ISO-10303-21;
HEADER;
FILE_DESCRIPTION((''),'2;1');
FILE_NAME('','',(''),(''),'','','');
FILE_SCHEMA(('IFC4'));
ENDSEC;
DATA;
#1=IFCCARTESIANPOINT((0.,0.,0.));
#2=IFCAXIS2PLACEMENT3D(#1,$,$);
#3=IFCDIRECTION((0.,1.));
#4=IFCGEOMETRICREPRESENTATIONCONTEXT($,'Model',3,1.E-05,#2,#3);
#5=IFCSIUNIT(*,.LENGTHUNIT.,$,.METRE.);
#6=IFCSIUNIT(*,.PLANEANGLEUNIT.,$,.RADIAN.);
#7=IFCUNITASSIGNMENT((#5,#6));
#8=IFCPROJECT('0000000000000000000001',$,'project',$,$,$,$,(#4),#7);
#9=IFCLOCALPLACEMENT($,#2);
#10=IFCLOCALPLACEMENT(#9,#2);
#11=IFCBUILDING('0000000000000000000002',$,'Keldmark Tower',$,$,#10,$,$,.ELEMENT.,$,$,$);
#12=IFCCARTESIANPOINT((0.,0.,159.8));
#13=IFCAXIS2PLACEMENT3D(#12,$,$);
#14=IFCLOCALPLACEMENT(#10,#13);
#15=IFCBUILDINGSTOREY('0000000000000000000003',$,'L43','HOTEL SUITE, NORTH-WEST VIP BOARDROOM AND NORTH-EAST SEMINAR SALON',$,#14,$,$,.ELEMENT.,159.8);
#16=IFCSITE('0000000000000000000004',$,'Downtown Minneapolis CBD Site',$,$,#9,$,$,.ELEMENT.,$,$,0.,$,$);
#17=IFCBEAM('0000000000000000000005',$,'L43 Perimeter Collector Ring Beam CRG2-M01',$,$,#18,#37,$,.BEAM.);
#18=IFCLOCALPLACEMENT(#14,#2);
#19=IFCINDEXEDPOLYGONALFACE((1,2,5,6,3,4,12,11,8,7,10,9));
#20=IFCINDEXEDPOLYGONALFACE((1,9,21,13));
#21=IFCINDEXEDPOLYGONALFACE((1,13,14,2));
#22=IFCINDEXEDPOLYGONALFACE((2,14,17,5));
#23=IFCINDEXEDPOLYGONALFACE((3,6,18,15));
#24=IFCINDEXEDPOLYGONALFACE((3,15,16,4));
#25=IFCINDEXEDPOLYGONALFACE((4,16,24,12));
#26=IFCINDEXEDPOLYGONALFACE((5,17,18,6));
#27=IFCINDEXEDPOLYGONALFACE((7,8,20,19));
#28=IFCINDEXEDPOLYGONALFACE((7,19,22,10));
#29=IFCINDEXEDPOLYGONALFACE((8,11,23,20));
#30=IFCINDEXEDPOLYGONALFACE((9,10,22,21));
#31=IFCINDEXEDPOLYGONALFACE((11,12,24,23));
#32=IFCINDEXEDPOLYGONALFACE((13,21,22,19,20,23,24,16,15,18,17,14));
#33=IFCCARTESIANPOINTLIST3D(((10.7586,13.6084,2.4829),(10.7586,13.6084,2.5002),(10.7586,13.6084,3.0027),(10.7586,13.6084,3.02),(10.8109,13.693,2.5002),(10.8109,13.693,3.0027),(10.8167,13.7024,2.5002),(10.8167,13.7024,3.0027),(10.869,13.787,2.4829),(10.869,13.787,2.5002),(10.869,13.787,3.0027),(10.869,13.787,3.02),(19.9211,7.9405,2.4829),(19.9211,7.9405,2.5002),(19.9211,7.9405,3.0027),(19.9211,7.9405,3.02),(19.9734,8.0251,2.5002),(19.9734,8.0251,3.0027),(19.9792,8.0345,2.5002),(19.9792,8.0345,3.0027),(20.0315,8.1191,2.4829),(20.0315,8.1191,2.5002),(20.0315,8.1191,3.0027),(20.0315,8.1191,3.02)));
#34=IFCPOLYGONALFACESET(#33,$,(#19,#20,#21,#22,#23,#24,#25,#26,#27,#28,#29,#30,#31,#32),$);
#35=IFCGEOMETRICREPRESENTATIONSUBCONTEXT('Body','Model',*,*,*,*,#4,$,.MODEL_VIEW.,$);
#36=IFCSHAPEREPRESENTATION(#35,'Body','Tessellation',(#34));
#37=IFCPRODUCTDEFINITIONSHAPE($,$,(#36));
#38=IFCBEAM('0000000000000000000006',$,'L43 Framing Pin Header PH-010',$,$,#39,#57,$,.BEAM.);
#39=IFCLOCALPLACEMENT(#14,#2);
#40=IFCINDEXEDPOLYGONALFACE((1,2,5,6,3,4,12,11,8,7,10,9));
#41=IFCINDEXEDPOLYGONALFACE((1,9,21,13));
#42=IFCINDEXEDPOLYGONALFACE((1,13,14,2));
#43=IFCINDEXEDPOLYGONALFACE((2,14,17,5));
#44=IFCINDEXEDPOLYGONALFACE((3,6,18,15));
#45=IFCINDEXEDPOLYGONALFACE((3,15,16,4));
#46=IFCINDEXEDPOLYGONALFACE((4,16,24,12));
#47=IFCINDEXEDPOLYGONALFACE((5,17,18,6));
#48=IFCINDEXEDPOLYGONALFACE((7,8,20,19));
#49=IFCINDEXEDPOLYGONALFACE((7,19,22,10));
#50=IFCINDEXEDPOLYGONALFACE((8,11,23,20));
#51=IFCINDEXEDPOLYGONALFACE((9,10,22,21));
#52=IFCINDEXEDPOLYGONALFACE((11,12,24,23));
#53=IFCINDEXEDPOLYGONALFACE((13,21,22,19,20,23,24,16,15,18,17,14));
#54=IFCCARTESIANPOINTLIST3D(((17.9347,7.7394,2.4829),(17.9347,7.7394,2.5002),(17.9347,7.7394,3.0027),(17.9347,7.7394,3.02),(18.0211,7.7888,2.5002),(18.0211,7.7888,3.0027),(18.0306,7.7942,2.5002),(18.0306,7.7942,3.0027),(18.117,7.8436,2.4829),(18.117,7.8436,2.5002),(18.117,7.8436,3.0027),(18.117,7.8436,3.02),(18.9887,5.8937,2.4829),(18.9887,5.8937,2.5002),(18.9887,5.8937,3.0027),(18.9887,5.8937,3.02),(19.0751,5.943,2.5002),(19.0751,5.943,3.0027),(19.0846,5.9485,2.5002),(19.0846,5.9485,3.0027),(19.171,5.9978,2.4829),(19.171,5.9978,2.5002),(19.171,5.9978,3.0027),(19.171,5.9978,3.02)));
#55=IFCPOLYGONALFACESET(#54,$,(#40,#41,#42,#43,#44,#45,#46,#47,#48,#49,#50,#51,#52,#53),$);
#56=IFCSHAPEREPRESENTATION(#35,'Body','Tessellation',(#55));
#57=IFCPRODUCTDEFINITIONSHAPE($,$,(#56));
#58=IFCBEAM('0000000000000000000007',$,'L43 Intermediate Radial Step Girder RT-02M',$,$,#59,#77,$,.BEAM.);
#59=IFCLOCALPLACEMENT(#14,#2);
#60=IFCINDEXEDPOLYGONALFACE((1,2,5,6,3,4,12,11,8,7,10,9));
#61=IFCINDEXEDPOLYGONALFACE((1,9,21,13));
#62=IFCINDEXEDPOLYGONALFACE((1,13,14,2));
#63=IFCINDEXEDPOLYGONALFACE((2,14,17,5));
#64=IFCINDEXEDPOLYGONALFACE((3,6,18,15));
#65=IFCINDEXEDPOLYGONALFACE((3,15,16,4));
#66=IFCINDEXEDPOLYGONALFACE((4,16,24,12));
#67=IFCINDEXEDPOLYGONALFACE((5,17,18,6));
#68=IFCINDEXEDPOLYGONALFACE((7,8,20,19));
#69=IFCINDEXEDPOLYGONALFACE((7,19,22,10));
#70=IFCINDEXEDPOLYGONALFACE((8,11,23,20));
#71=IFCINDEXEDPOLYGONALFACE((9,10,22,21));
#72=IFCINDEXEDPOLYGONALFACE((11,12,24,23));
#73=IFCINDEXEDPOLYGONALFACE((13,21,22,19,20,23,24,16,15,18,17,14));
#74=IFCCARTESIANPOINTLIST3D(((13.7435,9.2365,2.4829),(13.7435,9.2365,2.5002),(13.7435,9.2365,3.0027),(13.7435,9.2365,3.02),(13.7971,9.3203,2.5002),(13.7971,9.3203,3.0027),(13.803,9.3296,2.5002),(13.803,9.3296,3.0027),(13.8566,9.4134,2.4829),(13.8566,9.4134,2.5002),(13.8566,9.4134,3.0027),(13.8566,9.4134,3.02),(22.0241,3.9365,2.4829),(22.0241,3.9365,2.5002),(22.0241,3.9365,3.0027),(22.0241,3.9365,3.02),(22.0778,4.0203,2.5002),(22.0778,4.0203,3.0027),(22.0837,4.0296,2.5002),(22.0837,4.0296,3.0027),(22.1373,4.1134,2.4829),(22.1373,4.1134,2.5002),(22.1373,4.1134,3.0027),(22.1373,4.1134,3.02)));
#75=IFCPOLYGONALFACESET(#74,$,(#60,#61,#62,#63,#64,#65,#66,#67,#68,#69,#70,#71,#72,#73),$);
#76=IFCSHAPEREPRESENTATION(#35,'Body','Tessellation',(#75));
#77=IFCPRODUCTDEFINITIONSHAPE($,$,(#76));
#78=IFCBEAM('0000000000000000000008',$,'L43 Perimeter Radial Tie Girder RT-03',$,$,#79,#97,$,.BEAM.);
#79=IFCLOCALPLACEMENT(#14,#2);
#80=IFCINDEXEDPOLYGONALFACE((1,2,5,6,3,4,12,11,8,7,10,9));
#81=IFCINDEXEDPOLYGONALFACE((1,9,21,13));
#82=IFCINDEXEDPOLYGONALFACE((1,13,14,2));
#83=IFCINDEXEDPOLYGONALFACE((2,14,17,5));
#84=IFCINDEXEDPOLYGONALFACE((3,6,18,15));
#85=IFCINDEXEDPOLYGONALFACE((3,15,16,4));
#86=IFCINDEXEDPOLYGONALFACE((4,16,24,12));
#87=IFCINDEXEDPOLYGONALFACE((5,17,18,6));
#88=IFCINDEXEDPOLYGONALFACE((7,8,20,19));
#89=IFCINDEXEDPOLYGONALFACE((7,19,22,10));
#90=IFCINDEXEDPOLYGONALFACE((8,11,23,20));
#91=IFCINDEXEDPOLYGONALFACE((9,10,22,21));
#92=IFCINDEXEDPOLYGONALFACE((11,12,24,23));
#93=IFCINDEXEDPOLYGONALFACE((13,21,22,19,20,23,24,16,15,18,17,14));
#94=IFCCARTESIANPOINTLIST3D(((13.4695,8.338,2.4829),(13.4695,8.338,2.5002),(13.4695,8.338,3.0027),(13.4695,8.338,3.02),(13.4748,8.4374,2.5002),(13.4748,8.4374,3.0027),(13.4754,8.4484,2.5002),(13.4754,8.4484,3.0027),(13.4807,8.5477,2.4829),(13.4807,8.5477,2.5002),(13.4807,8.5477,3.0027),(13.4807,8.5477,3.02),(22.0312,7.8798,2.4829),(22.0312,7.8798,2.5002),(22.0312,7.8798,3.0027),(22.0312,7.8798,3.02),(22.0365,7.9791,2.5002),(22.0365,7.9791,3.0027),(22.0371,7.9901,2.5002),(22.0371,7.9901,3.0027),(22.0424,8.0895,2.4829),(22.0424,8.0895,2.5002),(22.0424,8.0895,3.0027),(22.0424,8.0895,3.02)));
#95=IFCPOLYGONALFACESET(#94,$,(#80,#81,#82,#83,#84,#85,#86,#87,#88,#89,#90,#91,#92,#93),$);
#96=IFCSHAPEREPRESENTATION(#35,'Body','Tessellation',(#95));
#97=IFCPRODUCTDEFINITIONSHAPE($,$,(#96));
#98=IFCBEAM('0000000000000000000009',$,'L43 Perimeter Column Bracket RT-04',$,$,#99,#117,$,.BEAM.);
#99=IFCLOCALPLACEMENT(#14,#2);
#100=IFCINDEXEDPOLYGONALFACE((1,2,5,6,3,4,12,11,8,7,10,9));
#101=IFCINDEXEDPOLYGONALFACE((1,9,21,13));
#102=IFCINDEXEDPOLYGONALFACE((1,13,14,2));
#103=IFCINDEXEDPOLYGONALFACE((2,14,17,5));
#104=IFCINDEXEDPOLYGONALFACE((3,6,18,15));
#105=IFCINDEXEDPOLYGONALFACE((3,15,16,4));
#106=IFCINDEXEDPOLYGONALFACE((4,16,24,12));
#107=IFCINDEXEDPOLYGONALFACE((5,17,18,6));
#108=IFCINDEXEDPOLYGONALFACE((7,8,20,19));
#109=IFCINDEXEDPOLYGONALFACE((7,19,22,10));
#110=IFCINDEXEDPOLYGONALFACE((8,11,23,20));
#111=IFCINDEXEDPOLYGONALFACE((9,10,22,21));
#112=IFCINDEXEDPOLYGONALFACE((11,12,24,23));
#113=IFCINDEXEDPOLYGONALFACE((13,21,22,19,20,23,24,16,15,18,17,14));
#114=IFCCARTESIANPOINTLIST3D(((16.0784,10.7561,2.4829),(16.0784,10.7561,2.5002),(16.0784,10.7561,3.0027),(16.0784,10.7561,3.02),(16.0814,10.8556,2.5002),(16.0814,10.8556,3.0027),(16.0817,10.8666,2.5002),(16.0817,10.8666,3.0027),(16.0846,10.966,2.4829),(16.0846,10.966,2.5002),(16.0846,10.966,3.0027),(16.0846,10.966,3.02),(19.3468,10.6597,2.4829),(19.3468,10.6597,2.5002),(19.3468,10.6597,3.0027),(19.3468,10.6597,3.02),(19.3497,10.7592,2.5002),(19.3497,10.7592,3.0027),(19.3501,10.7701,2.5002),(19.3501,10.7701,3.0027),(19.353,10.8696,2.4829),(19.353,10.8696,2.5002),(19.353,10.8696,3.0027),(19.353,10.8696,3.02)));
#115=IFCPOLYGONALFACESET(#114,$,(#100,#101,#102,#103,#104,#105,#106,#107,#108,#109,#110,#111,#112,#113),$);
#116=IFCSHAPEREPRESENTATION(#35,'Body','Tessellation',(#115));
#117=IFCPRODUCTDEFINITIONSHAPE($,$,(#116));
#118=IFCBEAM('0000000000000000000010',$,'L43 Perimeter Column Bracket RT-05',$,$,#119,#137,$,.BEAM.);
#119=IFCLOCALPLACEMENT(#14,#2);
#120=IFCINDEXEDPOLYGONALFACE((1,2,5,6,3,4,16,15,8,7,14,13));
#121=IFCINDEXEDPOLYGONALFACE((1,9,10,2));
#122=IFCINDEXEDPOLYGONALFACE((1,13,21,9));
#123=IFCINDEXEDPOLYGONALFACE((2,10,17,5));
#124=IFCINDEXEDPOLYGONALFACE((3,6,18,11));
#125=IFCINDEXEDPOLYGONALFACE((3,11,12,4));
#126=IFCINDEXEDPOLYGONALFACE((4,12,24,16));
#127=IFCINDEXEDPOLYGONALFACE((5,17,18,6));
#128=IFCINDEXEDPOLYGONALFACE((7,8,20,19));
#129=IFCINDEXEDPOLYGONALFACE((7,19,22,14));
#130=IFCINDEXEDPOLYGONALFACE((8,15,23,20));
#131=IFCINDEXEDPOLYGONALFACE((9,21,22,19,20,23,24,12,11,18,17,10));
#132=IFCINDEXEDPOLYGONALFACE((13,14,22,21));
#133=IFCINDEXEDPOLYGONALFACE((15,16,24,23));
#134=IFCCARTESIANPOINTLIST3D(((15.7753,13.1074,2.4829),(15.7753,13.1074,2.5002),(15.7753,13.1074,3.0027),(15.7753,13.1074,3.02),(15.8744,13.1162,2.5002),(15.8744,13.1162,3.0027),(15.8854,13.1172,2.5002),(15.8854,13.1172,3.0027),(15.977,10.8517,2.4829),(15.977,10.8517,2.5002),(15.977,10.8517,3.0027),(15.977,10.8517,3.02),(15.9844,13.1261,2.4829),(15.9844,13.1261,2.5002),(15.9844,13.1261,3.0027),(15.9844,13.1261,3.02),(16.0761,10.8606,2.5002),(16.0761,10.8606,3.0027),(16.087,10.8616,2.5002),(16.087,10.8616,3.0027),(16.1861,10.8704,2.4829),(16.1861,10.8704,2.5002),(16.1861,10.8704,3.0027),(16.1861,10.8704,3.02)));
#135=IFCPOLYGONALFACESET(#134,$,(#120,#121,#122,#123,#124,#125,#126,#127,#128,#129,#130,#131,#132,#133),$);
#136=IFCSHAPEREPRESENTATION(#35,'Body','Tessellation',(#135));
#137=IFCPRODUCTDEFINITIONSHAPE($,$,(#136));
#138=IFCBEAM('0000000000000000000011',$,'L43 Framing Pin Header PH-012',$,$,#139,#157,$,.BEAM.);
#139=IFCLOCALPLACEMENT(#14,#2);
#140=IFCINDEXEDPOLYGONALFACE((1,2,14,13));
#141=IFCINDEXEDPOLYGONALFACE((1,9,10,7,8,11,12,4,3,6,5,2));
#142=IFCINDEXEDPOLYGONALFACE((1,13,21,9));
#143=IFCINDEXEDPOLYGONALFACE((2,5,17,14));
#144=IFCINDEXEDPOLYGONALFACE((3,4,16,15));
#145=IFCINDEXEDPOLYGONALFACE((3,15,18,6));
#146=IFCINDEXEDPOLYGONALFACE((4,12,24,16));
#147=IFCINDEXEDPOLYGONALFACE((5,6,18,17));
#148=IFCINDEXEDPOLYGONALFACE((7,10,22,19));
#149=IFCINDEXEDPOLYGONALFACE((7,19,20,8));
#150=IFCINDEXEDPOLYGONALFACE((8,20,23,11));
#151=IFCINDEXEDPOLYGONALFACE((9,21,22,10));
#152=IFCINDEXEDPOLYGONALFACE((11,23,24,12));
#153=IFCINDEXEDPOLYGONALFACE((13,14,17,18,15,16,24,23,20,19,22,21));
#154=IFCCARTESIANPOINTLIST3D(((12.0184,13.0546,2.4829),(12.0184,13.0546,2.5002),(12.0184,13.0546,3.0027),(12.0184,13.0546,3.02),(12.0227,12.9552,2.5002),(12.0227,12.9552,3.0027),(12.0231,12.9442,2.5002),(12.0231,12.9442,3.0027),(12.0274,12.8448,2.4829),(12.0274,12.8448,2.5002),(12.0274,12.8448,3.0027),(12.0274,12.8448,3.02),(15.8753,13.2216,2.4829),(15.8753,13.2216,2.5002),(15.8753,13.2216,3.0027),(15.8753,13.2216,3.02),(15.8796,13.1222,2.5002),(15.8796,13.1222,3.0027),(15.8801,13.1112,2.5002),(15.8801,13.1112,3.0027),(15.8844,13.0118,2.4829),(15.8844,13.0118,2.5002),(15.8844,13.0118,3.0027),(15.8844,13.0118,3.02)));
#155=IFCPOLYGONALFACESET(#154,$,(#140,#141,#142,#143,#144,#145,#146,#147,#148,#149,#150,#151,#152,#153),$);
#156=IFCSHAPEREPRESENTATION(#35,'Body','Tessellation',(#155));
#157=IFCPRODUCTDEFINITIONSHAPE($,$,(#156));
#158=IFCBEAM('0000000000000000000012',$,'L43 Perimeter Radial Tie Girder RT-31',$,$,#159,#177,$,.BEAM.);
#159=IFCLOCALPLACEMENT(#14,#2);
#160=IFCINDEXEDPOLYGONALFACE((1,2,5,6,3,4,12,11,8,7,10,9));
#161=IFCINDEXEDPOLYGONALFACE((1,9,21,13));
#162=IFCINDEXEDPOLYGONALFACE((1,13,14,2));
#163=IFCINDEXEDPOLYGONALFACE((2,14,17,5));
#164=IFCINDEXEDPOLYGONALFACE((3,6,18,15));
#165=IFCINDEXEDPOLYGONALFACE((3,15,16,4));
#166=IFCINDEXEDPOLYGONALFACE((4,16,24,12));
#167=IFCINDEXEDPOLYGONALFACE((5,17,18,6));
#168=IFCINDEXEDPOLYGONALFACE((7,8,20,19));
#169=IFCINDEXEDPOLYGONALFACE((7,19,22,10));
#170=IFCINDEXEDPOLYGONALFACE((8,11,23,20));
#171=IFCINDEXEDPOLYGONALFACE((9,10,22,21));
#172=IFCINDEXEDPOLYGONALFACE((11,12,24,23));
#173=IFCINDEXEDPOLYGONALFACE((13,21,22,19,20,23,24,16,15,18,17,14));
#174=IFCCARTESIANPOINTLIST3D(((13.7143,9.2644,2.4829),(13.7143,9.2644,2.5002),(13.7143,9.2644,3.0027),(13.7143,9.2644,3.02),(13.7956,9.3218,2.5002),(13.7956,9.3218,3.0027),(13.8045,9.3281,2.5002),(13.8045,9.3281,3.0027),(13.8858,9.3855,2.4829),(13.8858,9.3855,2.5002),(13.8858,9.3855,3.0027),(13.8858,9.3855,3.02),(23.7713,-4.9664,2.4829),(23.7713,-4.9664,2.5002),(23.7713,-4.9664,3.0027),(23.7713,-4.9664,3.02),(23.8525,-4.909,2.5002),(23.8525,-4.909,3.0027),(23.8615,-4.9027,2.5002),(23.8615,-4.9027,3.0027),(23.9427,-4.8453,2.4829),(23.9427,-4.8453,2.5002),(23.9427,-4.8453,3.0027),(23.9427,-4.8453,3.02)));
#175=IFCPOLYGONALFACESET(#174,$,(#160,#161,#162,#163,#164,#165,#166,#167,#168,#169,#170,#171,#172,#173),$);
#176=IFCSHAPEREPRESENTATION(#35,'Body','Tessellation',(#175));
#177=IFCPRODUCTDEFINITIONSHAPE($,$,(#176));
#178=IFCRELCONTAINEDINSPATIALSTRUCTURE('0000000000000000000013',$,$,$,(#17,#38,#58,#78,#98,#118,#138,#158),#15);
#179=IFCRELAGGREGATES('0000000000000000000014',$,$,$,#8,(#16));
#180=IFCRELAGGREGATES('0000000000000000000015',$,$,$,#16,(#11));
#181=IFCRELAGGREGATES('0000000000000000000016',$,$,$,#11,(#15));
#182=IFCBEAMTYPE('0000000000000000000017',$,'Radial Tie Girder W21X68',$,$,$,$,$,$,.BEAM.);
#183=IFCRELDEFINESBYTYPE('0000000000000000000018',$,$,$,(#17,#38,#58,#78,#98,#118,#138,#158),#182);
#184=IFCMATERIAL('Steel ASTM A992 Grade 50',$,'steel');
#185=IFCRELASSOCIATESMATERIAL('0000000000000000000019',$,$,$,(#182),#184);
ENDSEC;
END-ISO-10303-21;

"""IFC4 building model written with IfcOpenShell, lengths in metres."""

from ifc_helpers import new_model, si_unit, direction, frame, origin, origin_2d, place, context, subcontext, project, spatial, i_section, extrude, material, material_profile, profile_set, type_object, element, save


model = new_model("IFC4")

# Units and contexts
model_context = context("Model", 3, precision=1e-05, world=origin(), true_north=direction((0.0, 1.0)))
body_context = subcontext(model_context, "Body", "Model", "MODEL_VIEW")
ifc_project = project(units=[si_unit("LENGTHUNIT", "METRE"), si_unit("PLANEANGLEUNIT", "RADIAN")], contexts=[model_context])

# Site, building, storey
site_placement = place(None, origin())
site = spatial("IfcSite", under=ifc_project, at=site_placement, Name="Downtown Minneapolis CBD Site", CompositionType="ELEMENT", RefElevation=0.0)
building_placement = place(site_placement, origin())
building = spatial("IfcBuilding", under=site, at=building_placement, Name="Keldmark Tower", CompositionType="ELEMENT")
storey_placement = place(building_placement, frame((0.0, 0.0, 159.8)))
storey = spatial("IfcBuildingStorey", under=building, at=storey_placement, Name="L43", Description="HOTEL SUITE, NORTH-WEST VIP BOARDROOM AND NORTH-EAST SEMINAR SALON", CompositionType="ELEMENT", Elevation=159.8)

# Beams
ifc_material_1 = material(Name="Steel ASTM A992 Grade 50", Category="steel")
ifc_material_profile_1 = material_profile(ifc_material_1, i_section(OverallWidth=0.21, OverallDepth=0.5371, WebThickness=0.011, FlangeThickness=0.0173, at=origin_2d()), Name="W21X68")
ifc_profile_set_1 = profile_set([ifc_material_profile_1], Name="Steel ASTM A992 Grade 50")
beam_type_1 = type_object("IfcBeamType", Name="Radial Tie Girder W21X68", PredefinedType="BEAM", material=ifc_profile_set_1)
beam_1_placement = place(storey_placement, frame((19.9763, 8.0298, 2.7515), z_axis=(-0.850436, 0.526078, 0.0), x_axis=(-0.526078, -0.850436, 0.0)))
element("IfcBeam", 1, at=beam_1_placement, inside=storey, type_object=beam_type_1, Name="L43 Perimeter Collector Ring Beam CRG2-M01", PredefinedType="BEAM", context=body_context, shape_type="SweptSolid", body=[
    extrude(i_section(OverallWidth=0.21, OverallDepth=0.5371, WebThickness=0.011, FlangeThickness=0.0173, at=origin_2d()), origin(), (0.0, 0.0, 1.0), 10.7739),
])
beam_2_placement = place(storey_placement, frame((18.0259, 7.7915, 2.7515), z_axis=(0.495879, -0.868392, 0.0), x_axis=(0.868392, 0.495879, 0.0)))
element("IfcBeam", 2, at=beam_2_placement, inside=storey, type_object=beam_type_1, Name="L43 Framing Pin Header PH-010", PredefinedType="BEAM", context=body_context, shape_type="SweptSolid", body=[
    extrude(i_section(OverallWidth=0.21, OverallDepth=0.5371, WebThickness=0.011, FlangeThickness=0.0173, at=origin_2d()), origin(), (0.0, 0.0, 1.0), 2.1255),
])
beam_3_placement = place(storey_placement, frame((13.8, 9.325, 2.7515), z_axis=(0.842255, -0.53908, 0.0), x_axis=(0.53908, 0.842255, 0.0)))
element("IfcBeam", 3, at=beam_3_placement, inside=storey, type_object=beam_type_1, Name="L43 Intermediate Radial Step Girder RT-02M", PredefinedType="BEAM", context=body_context, shape_type="SweptSolid", body=[
    extrude(i_section(OverallWidth=0.21, OverallDepth=0.5371, WebThickness=0.011, FlangeThickness=0.0173, at=origin_2d()), origin(), (0.0, 0.0, 1.0), 9.8315),
])
beam_4_placement = place(storey_placement, frame((13.4751, 8.4429, 2.7515), z_axis=(0.998571, -0.053447, 0.0), x_axis=(0.053447, 0.998571, 0.0)))
element("IfcBeam", 4, at=beam_4_placement, inside=storey, type_object=beam_type_1, Name="L43 Perimeter Radial Tie Girder RT-03", PredefinedType="BEAM", context=body_context, shape_type="SweptSolid", body=[
    extrude(i_section(OverallWidth=0.21, OverallDepth=0.5371, WebThickness=0.011, FlangeThickness=0.0173, at=origin_2d()), origin(), (0.0, 0.0, 1.0), 8.574),
])
beam_5_placement = place(storey_placement, frame((16.0815, 10.8611, 2.7515), z_axis=(0.999565, -0.029493, 0.0), x_axis=(0.029493, 0.999565, 0.0)))
element("IfcBeam", 5, at=beam_5_placement, inside=storey, type_object=beam_type_1, Name="L43 Perimeter Column Bracket RT-04", PredefinedType="BEAM", context=body_context, shape_type="SweptSolid", body=[
    extrude(i_section(OverallWidth=0.21, OverallDepth=0.5371, WebThickness=0.011, FlangeThickness=0.0173, at=origin_2d()), origin(), (0.0, 0.0, 1.0), 3.2698),
])
beam_6_placement = place(storey_placement, frame((16.0815, 10.8611, 2.7515), z_axis=(-0.089048, 0.996027, 0.0), x_axis=(-0.996027, -0.089048, 0.0)))
element("IfcBeam", 6, at=beam_6_placement, inside=storey, type_object=beam_type_1, Name="L43 Perimeter Column Bracket RT-05", PredefinedType="BEAM", context=body_context, shape_type="SweptSolid", body=[
    extrude(i_section(OverallWidth=0.21, OverallDepth=0.5371, WebThickness=0.011, FlangeThickness=0.0173, at=origin_2d()), origin(), (0.0, 0.0, 1.0), 2.2646),
])
beam_7_placement = place(storey_placement, frame((15.8799, 13.1167, 2.7515), z_axis=(-0.999064, -0.043256, 0.0), x_axis=(0.043256, -0.999064, 0.0)))
element("IfcBeam", 7, at=beam_7_placement, inside=storey, type_object=beam_type_1, Name="L43 Framing Pin Header PH-012", PredefinedType="BEAM", context=body_context, shape_type="SweptSolid", body=[
    extrude(i_section(OverallWidth=0.21, OverallDepth=0.5371, WebThickness=0.011, FlangeThickness=0.0173, at=origin_2d()), origin(), (0.0, 0.0, 1.0), 3.8606),
])
beam_8_placement = place(storey_placement, frame((13.8, 9.325, 2.7515), z_axis=(0.57713, -0.816652, 0.0), x_axis=(0.816652, 0.57713, 0.0)))
element("IfcBeam", 8, at=beam_8_placement, inside=storey, type_object=beam_type_1, Name="L43 Perimeter Radial Tie Girder RT-31", PredefinedType="BEAM", context=body_context, shape_type="SweptSolid", body=[
    extrude(i_section(OverallWidth=0.21, OverallDepth=0.5371, WebThickness=0.011, FlangeThickness=0.0173, at=origin_2d()), origin(), (0.0, 0.0, 1.0), 17.4258),
])

save(model, "model.ifc")
